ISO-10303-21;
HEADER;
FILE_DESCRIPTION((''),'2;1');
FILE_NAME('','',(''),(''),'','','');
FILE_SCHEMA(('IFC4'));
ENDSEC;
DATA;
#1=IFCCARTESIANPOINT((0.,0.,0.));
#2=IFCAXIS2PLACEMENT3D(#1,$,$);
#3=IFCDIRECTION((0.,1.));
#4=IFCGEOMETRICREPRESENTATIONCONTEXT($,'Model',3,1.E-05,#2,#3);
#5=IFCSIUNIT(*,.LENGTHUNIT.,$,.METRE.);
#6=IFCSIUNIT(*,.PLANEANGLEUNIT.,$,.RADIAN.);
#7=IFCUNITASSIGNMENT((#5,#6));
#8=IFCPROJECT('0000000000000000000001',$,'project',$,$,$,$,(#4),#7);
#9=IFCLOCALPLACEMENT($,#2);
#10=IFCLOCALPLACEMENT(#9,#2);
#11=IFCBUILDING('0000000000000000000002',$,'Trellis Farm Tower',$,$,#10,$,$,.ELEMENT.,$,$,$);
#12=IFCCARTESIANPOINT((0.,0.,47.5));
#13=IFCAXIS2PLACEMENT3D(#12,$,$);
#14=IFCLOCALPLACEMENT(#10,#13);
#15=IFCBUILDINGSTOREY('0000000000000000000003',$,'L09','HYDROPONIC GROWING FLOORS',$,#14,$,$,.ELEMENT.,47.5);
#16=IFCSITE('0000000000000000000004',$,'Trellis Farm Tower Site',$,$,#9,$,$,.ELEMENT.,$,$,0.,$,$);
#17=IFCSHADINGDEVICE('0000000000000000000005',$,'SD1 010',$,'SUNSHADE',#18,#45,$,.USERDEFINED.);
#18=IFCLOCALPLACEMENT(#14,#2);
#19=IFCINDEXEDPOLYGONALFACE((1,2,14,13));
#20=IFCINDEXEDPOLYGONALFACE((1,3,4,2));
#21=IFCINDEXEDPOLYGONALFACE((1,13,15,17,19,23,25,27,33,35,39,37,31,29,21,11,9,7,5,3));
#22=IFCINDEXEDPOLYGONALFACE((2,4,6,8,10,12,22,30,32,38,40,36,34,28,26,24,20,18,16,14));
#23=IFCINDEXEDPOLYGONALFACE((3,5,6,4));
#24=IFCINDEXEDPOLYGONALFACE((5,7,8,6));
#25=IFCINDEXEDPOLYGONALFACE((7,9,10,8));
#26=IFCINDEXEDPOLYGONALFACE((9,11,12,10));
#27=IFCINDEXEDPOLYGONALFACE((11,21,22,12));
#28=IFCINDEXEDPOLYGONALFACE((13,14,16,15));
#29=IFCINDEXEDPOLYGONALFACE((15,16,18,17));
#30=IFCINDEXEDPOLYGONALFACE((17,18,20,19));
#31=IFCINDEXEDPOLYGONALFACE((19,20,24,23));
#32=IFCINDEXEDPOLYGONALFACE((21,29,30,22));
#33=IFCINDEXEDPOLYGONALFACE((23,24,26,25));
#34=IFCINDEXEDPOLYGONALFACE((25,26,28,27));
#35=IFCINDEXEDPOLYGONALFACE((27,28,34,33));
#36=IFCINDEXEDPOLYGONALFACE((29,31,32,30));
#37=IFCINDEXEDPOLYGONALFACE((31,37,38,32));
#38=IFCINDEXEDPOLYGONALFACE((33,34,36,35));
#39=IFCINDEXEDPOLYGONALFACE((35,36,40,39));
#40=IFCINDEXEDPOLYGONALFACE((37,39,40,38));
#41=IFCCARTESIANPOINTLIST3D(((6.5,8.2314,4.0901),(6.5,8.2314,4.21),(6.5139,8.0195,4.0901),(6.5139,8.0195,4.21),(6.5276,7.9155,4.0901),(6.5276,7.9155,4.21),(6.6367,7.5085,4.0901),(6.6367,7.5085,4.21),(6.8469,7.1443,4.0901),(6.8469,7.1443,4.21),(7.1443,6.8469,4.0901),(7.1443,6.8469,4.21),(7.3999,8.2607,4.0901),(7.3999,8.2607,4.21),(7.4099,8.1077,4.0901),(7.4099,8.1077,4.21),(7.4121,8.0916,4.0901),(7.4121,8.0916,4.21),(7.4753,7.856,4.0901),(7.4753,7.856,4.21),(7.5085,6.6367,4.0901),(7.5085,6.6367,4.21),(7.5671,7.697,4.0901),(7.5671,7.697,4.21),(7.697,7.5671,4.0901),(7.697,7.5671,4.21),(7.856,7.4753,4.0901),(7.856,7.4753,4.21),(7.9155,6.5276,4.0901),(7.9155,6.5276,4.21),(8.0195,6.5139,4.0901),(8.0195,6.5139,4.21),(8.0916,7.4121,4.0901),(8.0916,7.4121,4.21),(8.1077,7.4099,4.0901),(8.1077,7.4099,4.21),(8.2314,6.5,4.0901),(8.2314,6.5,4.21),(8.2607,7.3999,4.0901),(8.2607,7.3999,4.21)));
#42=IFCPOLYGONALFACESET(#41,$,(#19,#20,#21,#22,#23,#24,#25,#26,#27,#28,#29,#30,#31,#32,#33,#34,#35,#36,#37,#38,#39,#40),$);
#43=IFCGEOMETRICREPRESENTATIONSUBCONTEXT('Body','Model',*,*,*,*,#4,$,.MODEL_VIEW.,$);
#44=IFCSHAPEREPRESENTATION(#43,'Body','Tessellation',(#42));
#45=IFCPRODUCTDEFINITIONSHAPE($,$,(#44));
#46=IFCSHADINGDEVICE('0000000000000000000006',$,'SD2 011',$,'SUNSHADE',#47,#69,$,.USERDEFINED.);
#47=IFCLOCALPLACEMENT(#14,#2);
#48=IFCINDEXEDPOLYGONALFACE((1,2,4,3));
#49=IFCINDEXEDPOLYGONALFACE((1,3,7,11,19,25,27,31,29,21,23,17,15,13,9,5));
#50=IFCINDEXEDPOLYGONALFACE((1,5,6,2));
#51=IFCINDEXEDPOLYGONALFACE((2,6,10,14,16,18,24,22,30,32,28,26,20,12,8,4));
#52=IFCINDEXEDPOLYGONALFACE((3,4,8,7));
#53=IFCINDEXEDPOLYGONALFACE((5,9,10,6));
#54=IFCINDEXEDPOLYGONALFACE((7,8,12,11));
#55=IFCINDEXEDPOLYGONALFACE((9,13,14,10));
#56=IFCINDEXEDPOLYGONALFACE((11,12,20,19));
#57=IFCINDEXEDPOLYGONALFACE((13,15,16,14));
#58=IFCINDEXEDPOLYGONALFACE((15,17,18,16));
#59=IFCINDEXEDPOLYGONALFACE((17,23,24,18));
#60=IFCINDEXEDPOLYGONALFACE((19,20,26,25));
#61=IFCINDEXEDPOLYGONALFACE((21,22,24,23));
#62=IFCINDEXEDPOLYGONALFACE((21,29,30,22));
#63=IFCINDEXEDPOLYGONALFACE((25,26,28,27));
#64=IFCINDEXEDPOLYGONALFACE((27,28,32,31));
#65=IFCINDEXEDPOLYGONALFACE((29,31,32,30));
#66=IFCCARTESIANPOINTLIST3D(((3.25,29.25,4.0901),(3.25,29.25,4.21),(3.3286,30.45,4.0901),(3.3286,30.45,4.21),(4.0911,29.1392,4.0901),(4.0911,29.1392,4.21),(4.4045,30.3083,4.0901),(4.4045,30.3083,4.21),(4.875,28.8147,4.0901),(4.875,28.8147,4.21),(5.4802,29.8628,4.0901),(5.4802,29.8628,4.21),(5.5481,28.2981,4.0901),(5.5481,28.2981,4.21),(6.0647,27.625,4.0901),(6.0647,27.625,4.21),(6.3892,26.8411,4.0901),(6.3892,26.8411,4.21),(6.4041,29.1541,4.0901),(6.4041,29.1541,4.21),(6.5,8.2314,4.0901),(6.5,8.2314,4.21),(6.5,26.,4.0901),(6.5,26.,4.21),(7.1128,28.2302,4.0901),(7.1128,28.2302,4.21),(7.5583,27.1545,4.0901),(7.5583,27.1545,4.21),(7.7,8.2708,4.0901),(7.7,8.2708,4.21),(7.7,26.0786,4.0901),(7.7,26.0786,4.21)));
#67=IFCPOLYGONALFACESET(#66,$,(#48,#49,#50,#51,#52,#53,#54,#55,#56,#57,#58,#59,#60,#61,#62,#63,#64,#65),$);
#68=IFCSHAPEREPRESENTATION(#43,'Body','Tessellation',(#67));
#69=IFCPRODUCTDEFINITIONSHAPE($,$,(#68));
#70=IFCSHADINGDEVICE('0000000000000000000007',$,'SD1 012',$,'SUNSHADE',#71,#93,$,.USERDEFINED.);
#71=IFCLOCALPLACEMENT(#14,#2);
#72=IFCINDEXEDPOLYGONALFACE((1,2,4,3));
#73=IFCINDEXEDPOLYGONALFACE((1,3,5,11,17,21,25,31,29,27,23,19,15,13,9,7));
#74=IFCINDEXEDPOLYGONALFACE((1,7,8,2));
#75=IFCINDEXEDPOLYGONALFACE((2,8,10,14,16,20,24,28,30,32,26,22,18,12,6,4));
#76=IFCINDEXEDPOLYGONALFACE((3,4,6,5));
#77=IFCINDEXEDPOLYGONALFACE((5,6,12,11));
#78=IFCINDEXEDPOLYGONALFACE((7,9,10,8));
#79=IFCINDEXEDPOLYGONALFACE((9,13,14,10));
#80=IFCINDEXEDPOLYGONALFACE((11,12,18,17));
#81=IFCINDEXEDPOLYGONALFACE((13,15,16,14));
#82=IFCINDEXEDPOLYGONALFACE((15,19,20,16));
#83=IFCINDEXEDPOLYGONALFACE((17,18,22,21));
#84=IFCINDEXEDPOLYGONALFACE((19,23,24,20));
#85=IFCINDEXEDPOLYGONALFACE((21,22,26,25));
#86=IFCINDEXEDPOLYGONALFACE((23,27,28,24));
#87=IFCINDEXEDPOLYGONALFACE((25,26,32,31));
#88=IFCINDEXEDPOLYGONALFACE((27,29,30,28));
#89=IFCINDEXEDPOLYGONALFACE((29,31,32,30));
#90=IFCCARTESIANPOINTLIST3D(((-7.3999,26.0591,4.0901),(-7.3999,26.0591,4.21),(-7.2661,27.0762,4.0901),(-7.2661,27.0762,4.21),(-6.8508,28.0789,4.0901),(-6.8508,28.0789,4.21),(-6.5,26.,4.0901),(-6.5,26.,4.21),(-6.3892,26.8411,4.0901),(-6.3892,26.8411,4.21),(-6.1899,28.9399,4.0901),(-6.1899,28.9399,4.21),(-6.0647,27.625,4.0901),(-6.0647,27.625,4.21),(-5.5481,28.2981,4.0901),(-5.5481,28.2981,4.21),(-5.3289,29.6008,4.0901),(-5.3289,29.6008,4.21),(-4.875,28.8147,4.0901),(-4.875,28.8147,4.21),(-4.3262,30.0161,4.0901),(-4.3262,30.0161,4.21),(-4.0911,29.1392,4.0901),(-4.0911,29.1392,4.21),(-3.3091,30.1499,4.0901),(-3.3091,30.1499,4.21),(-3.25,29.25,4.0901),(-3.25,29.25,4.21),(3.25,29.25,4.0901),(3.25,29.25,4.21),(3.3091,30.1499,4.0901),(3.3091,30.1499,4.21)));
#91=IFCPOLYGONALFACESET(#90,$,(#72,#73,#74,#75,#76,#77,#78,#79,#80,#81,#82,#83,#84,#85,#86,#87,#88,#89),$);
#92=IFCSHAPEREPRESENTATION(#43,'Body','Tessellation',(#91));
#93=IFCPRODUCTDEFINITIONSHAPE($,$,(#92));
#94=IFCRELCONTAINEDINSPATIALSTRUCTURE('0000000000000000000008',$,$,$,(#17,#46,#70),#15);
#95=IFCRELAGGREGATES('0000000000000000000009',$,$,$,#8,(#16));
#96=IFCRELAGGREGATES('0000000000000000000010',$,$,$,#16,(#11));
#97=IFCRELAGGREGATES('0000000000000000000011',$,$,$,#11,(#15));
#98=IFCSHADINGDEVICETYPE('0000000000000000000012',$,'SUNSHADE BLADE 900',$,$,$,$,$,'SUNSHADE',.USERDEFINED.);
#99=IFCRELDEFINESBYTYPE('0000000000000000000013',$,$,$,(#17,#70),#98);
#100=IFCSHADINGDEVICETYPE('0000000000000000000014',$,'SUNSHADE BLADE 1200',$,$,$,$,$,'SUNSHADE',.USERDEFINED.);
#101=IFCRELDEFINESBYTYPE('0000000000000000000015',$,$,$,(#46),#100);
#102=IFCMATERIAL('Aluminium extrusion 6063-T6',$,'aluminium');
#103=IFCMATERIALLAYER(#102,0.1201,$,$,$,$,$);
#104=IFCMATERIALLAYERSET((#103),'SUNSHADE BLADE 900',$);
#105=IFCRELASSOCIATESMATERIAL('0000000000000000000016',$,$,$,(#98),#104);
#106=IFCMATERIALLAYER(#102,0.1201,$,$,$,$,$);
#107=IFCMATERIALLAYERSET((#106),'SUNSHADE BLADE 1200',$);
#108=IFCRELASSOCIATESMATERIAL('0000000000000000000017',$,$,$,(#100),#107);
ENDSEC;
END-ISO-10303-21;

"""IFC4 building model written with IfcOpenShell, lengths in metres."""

from ifc_helpers import new_model, si_unit, direction, frame, origin, place, context, subcontext, project, spatial, polyline, outline, extrude, source, transform, mapped, material, layer, layer_set, type_object, element, save


model = new_model("IFC4")

# Units and contexts
model_context = context("Model", 3, precision=1e-05, world=origin(), true_north=direction((0.0, 1.0)))
body_context = subcontext(model_context, "Body", "Model", "MODEL_VIEW")
ifc_project = project(units=[si_unit("LENGTHUNIT", "METRE"), si_unit("PLANEANGLEUNIT", "RADIAN")], contexts=[model_context])

# Site, building, storey
site_placement = place(None, origin())
site = spatial("IfcSite", under=ifc_project, at=site_placement, Name="Trellis Farm Tower Site", CompositionType="ELEMENT", RefElevation=0.0)
building_placement = place(site_placement, origin())
building = spatial("IfcBuilding", under=site, at=building_placement, Name="Trellis Farm Tower", CompositionType="ELEMENT")
storey_placement = place(building_placement, frame((0.0, 0.0, 47.5)))
storey = spatial("IfcBuildingStorey", under=building, at=storey_placement, Name="L09", Description="HYDROPONIC GROWING FLOORS", CompositionType="ELEMENT", Elevation=47.5)

# Shared definitions
ifc_material_1 = material(Name="Aluminium extrusion 6063-T6", Category="aluminium")

# Shading devices
ifc_layer_1 = layer(ifc_material_1, 0.1201)
ifc_layer_set_1 = layer_set([ifc_layer_1], Name="SUNSHADE BLADE 900")
shading_device_type_1 = type_object("IfcShadingDeviceType", Name="SUNSHADE BLADE 900", ElementType="SUNSHADE", PredefinedType="USERDEFINED", material=ifc_layer_set_1)
placement_1 = place(storey_placement, frame((0.0, 0.0, 4.0901)))
shared_shape_1 = source(origin(), body_context, "Body", "SweptSolid", [
    extrude(outline(polyline([(8.2607, 7.3999), (8.1077, 7.4099), (8.0916, 7.4121), (7.856, 7.4753), (7.697, 7.5671), (7.5671, 7.697), (7.4753, 7.856), (7.4121, 8.0916), (7.4099, 8.1077), (7.3999, 8.2607), (6.5, 8.2314), (6.5139, 8.0195), (6.5276, 7.9155), (6.6367, 7.5085), (6.8469, 7.1443), (7.1443, 6.8469), (7.5085, 6.6367), (7.9155, 6.5276), (8.0195, 6.5139), (8.2314, 6.5), (8.2607, 7.3999)])), origin(), (0.0, 0.0, 1.0), 0.1199),
])
element("IfcShadingDevice", 1, at=placement_1, inside=storey, type_object=shading_device_type_1, Name="SD1 010", ObjectType="SUNSHADE", PredefinedType="USERDEFINED", context=body_context, shape_type="MappedRepresentation", body=[
    mapped(shared_shape_1, transform((0.0, 0.0, 0.0))),
])
ifc_layer_2 = layer(ifc_material_1, 0.1201)
ifc_layer_set_2 = layer_set([ifc_layer_2], Name="SUNSHADE BLADE 1200")
shading_device_type_2 = type_object("IfcShadingDeviceType", Name="SUNSHADE BLADE 1200", ElementType="SUNSHADE", PredefinedType="USERDEFINED", material=ifc_layer_set_2)
shared_shape_2 = source(origin(), body_context, "Body", "SweptSolid", [
    extrude(outline(polyline([(7.7, 8.2708), (7.7, 26.0786), (7.5583, 27.1545), (7.1128, 28.2302), (6.4041, 29.1541), (5.4802, 29.8628), (4.4045, 30.3083), (3.3286, 30.45), (3.25, 29.25), (4.0911, 29.1392), (4.875, 28.8147), (5.5481, 28.2981), (6.0647, 27.625), (6.3892, 26.8411), (6.5, 26.0), (6.5, 8.2314), (7.7, 8.2708)])), origin(), (0.0, 0.0, 1.0), 0.1199),
])
element("IfcShadingDevice", 2, at=placement_1, inside=storey, type_object=shading_device_type_2, Name="SD2 011", ObjectType="SUNSHADE", PredefinedType="USERDEFINED", context=body_context, shape_type="MappedRepresentation", body=[
    mapped(shared_shape_2, transform((0.0, 0.0, 0.0))),
])
shared_shape_3 = source(origin(), body_context, "Body", "SweptSolid", [
    extrude(outline(polyline([(3.3091, 30.1499), (-3.3091, 30.1499), (-4.3262, 30.0161), (-5.3289, 29.6008), (-6.1899, 28.9399), (-6.8508, 28.0789), (-7.2661, 27.0762), (-7.3999, 26.0591), (-6.5, 26.0), (-6.3892, 26.8411), (-6.0647, 27.625), (-5.5481, 28.2981), (-4.875, 28.8147), (-4.0911, 29.1392), (-3.25, 29.25), (3.25, 29.25), (3.3091, 30.1499)])), origin(), (0.0, 0.0, 1.0), 0.1199),
])
element("IfcShadingDevice", 3, at=placement_1, inside=storey, type_object=shading_device_type_1, Name="SD1 012", ObjectType="SUNSHADE", PredefinedType="USERDEFINED", context=body_context, shape_type="MappedRepresentation", body=[
    mapped(shared_shape_3, transform((0.0, 0.0, 0.0))),
])

save(model, "model.ifc")
